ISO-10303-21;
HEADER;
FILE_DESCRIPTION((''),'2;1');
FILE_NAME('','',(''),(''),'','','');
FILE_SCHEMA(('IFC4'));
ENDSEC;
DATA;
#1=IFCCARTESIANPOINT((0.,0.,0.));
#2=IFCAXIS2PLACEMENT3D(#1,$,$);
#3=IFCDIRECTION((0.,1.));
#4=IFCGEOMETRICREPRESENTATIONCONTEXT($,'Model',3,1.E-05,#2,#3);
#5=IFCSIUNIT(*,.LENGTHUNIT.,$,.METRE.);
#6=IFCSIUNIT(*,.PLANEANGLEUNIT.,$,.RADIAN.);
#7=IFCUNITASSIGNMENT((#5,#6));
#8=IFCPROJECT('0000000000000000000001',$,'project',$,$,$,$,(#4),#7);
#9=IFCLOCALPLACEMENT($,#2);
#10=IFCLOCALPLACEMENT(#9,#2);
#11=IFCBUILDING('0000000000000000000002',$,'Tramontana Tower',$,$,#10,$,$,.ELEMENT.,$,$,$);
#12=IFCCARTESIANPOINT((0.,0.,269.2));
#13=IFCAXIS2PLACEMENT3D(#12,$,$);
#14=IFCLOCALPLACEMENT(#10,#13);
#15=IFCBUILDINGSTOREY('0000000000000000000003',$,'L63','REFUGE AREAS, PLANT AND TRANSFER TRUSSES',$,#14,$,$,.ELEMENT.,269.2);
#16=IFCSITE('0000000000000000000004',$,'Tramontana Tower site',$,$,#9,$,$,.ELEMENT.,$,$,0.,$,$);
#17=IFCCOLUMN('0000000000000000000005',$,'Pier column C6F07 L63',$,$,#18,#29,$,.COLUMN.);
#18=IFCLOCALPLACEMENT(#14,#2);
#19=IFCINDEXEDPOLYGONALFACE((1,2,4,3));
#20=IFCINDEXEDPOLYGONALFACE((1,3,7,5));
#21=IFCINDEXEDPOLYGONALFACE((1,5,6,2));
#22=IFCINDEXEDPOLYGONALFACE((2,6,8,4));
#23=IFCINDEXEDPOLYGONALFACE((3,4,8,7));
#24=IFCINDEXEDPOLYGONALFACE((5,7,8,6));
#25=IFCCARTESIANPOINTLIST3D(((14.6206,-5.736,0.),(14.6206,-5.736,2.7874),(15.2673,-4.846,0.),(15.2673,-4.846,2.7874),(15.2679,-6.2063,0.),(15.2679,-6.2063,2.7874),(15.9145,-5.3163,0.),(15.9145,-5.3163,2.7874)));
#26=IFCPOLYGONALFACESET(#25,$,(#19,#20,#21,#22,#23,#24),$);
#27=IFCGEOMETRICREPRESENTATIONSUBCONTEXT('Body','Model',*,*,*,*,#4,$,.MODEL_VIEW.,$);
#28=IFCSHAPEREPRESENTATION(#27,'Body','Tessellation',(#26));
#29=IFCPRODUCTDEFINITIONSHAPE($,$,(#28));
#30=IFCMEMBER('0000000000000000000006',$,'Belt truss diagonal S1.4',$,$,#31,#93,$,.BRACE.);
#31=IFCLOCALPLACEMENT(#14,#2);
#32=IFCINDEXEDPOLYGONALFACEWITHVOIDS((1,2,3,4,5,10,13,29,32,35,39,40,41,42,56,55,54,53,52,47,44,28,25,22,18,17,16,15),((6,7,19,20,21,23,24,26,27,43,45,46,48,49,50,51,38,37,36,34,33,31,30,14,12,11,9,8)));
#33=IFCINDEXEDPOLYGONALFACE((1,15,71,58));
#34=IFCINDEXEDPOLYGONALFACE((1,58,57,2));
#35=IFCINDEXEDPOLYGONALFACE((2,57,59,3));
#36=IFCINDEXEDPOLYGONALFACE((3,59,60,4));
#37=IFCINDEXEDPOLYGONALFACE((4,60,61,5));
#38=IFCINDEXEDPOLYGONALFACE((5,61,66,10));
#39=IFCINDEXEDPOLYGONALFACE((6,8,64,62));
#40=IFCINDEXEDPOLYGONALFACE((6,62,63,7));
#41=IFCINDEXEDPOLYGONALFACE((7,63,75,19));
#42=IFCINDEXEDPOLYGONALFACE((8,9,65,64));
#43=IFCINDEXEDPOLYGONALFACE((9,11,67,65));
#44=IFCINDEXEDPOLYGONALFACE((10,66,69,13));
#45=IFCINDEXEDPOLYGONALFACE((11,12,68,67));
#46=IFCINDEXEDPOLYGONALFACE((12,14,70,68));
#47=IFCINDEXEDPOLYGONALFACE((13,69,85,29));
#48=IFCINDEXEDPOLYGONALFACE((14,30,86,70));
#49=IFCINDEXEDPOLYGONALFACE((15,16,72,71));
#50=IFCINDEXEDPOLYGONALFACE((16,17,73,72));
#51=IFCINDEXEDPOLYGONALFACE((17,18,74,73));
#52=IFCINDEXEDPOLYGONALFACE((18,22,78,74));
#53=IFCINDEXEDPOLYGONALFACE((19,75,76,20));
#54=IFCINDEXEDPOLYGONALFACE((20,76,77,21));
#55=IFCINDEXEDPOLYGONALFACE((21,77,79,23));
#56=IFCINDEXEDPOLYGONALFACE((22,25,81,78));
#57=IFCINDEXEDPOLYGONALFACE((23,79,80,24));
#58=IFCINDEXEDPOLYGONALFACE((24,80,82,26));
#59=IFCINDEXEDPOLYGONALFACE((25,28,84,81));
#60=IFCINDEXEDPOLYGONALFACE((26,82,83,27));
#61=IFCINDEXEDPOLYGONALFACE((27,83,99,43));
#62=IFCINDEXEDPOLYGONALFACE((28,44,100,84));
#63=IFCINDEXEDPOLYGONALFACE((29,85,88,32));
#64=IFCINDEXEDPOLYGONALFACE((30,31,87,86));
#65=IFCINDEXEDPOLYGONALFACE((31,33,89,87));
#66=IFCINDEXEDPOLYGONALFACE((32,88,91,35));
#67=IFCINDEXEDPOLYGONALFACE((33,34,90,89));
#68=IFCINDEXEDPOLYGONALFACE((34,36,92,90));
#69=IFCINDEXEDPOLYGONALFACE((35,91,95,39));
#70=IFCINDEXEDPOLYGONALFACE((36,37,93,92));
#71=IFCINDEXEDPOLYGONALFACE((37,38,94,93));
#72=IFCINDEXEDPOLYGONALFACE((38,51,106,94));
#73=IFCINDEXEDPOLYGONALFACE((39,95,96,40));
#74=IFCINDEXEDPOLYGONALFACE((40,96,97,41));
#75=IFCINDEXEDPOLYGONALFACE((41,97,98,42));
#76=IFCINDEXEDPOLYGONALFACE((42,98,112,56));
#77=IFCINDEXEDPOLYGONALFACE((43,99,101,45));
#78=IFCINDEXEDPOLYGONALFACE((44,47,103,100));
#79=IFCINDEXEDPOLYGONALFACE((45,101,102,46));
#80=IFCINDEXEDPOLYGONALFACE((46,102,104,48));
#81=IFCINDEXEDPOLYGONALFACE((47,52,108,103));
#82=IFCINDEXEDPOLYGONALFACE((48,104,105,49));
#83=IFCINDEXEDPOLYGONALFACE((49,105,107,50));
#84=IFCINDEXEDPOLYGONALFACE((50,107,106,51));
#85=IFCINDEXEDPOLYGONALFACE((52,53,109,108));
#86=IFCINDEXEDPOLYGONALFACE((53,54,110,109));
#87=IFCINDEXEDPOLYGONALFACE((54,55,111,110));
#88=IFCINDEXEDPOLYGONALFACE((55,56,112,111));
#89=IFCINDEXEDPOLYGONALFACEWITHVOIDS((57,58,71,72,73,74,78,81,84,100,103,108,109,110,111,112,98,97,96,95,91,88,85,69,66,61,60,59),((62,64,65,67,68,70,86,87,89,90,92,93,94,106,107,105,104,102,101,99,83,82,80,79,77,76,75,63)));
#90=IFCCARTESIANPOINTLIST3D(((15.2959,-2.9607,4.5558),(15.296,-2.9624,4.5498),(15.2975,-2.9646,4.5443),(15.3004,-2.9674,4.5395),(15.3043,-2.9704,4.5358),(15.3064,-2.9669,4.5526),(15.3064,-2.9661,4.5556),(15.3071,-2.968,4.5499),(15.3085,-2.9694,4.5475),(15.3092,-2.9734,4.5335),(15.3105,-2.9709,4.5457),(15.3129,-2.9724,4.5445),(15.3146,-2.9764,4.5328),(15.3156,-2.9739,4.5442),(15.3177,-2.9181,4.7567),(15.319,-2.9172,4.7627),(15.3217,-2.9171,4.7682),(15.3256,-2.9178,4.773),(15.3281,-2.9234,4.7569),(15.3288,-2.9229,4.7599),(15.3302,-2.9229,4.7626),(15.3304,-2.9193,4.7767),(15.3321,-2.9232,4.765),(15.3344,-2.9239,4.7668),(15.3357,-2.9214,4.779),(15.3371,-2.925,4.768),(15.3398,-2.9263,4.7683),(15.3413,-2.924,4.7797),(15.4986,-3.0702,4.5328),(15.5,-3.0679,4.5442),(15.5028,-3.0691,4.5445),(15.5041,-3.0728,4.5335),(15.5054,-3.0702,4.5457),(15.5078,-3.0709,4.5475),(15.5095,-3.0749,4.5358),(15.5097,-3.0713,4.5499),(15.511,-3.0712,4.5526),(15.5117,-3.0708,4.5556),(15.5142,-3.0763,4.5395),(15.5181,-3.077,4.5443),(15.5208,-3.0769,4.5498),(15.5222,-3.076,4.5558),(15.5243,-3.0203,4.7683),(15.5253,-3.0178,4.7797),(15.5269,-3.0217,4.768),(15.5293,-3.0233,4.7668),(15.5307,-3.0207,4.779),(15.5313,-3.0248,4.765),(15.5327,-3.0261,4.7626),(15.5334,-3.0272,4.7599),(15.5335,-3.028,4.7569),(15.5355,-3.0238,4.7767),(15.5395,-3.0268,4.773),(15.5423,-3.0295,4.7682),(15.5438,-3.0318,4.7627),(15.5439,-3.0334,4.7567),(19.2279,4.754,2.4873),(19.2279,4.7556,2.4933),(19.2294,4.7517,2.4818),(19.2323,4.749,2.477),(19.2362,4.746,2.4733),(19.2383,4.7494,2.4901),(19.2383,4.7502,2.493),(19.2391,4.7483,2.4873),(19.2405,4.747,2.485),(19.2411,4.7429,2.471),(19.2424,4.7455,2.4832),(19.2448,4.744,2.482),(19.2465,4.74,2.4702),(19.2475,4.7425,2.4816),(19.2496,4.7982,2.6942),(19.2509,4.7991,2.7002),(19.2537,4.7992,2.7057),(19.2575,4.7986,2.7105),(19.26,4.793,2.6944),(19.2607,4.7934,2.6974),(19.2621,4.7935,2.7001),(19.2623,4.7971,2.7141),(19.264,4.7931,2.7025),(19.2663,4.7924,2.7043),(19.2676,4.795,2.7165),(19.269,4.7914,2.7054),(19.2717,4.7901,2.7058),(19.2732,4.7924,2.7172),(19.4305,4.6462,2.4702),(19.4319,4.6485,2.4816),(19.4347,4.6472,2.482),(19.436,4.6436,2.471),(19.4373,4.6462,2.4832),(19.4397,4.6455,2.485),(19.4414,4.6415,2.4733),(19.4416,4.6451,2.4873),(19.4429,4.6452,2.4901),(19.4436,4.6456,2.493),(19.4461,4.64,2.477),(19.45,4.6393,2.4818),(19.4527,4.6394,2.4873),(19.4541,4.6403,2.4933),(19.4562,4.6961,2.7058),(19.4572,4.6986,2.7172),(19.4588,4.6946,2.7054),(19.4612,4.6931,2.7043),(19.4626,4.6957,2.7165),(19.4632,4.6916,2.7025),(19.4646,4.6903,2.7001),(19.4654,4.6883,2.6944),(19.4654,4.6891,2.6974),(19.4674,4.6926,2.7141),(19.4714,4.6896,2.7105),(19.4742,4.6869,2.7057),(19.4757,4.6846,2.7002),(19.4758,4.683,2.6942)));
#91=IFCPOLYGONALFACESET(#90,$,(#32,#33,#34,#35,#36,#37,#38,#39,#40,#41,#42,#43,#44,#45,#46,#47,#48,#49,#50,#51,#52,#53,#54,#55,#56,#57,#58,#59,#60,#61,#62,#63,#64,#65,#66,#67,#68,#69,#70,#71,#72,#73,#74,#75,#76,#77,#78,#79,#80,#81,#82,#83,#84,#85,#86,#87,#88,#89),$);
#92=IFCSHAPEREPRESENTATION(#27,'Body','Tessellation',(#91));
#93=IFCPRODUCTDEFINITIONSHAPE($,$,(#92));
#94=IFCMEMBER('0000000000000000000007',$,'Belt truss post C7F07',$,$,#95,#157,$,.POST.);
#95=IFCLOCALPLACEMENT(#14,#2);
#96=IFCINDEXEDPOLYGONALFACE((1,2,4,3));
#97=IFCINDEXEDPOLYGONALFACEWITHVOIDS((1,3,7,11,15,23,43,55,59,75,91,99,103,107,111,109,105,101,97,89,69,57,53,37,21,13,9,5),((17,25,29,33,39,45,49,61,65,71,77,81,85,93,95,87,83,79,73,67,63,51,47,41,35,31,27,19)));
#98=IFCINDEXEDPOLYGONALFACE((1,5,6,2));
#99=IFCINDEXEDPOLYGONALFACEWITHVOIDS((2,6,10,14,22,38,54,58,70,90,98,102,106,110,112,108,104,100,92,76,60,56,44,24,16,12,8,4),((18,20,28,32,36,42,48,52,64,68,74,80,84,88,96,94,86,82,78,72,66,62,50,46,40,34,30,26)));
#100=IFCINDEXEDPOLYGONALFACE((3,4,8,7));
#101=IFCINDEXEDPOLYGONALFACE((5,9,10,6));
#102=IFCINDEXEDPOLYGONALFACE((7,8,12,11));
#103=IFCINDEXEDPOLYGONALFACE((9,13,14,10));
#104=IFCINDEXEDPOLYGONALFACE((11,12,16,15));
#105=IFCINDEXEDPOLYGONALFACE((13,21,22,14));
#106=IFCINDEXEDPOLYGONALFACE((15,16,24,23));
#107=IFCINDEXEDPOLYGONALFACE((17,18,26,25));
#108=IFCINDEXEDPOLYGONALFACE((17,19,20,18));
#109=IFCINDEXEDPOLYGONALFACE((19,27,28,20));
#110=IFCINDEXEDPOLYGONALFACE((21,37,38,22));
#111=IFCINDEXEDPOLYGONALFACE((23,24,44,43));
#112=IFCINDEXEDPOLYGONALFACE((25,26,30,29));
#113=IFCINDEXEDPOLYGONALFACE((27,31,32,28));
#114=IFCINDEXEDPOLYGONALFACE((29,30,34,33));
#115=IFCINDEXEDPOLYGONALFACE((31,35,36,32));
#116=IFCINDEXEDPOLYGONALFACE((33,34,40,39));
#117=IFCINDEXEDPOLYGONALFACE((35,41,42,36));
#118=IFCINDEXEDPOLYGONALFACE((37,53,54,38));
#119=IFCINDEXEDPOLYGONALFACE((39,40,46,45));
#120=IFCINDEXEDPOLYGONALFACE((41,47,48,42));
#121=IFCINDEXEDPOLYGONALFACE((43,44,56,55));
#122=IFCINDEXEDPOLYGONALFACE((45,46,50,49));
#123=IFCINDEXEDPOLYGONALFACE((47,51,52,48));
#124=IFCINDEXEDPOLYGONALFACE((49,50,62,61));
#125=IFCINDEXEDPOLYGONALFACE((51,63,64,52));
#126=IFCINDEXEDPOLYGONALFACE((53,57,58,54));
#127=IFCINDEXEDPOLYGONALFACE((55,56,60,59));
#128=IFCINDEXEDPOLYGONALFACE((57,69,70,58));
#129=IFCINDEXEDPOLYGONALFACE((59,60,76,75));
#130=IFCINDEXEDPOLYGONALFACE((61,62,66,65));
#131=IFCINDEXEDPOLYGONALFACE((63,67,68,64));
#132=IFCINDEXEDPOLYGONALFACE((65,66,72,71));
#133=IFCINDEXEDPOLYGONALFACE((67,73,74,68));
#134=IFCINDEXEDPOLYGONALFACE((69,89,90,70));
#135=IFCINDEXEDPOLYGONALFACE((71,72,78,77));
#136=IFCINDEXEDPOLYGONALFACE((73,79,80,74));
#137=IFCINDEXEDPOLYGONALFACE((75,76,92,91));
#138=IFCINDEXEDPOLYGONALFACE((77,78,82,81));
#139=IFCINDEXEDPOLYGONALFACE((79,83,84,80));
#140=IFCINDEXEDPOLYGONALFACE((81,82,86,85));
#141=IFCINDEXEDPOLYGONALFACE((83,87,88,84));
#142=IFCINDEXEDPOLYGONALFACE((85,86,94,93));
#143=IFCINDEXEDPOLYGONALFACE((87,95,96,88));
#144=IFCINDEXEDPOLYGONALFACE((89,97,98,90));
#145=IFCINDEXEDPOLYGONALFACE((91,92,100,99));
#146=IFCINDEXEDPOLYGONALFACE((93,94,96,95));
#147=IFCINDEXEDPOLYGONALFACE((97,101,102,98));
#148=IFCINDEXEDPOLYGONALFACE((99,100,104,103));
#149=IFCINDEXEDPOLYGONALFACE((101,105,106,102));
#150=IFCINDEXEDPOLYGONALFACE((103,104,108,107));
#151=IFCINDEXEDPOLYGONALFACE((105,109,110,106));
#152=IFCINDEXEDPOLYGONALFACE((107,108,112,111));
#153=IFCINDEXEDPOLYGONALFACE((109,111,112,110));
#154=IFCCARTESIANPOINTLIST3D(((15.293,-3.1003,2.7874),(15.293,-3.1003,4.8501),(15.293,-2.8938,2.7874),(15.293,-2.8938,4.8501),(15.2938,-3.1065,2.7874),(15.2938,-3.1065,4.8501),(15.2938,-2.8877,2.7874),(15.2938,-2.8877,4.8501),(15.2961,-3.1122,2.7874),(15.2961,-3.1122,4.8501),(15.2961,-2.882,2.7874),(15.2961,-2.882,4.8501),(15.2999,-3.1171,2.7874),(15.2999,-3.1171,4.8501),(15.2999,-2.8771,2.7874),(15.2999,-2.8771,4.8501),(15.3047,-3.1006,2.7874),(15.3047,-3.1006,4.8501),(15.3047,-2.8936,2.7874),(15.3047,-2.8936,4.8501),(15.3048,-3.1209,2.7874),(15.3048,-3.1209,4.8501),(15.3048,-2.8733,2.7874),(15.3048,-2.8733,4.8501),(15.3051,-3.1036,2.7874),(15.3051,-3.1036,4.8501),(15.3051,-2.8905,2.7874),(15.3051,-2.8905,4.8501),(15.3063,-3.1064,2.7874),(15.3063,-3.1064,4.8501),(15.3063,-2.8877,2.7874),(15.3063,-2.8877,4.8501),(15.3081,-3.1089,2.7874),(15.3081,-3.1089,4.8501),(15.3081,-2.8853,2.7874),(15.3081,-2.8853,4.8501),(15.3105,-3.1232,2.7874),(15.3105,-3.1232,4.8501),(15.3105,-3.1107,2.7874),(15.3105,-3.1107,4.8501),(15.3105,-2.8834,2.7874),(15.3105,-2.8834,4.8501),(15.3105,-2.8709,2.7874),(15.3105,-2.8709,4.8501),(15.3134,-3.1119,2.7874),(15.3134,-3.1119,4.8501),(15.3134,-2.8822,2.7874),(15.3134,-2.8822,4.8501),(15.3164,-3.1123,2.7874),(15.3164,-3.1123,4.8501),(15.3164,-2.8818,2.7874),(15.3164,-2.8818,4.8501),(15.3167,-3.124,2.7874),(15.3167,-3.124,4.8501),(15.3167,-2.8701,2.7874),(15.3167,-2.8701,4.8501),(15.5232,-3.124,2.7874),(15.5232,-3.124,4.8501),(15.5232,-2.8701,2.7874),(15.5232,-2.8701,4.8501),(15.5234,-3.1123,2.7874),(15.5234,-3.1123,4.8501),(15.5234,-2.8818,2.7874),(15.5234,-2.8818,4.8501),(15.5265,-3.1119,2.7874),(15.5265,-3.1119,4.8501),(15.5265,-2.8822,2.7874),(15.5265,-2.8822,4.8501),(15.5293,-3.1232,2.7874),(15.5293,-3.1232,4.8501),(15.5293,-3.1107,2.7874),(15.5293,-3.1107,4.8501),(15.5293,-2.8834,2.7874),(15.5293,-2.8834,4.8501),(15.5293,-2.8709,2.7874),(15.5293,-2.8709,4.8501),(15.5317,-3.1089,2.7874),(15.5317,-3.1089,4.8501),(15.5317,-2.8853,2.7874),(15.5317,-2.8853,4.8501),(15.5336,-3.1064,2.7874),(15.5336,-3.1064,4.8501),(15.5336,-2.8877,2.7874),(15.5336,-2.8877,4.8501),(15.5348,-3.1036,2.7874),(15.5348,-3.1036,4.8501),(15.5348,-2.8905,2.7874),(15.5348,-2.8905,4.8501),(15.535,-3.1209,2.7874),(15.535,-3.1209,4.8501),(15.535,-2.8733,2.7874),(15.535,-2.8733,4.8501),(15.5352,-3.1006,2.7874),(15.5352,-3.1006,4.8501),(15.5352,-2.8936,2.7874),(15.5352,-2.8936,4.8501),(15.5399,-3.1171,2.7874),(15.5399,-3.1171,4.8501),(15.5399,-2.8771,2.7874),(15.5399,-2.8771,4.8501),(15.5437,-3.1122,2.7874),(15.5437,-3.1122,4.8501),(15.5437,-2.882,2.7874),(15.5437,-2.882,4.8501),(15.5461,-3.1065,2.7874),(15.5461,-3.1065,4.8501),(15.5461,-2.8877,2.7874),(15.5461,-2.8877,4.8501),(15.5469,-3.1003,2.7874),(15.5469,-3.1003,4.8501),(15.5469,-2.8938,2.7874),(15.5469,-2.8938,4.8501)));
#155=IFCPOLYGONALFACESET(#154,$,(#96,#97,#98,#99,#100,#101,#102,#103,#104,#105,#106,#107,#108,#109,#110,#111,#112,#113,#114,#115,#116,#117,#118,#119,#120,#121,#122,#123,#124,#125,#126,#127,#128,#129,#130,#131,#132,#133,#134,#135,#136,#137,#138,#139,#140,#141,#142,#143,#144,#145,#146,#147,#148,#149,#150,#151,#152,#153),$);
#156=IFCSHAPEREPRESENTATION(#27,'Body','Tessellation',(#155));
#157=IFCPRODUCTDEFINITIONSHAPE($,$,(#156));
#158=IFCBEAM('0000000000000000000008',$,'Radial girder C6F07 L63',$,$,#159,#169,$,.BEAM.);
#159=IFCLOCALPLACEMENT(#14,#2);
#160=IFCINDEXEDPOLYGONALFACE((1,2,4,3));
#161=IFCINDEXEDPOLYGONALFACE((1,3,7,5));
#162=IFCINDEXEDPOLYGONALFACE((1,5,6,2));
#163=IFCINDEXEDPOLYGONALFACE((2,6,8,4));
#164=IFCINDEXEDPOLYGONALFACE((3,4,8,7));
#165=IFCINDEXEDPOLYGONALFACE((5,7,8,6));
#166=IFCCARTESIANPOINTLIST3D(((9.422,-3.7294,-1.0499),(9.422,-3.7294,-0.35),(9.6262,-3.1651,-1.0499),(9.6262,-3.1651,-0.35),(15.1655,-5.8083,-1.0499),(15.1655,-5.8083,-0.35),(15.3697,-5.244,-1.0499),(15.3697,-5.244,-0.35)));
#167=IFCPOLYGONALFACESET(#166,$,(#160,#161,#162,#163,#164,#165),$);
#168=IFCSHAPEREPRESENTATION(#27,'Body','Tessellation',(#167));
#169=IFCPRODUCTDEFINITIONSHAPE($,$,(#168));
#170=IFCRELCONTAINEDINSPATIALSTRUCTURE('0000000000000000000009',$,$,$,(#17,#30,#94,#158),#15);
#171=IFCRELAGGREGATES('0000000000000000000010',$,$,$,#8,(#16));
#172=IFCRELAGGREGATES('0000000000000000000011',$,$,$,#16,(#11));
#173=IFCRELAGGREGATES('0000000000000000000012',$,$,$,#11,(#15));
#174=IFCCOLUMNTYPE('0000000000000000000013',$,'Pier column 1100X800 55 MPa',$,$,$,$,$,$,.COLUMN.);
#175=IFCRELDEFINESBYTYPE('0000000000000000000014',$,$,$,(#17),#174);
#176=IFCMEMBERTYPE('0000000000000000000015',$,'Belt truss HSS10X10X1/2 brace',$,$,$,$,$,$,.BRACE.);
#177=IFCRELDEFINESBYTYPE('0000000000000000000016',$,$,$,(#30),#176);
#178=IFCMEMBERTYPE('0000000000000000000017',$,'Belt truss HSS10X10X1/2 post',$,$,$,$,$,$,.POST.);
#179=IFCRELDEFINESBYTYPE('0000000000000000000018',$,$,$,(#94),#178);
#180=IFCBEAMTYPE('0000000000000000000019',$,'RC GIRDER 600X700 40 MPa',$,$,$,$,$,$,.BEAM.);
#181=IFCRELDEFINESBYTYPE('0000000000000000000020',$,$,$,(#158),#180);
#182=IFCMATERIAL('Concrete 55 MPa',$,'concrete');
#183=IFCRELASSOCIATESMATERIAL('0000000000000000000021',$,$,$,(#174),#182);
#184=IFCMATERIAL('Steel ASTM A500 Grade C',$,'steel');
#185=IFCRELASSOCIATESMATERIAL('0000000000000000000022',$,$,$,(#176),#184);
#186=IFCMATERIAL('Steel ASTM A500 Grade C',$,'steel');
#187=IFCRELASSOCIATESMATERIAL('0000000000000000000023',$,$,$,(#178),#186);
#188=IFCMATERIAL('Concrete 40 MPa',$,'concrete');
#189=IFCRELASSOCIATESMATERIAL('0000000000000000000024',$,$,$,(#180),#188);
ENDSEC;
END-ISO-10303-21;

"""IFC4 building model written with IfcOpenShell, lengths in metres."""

from ifc_helpers import new_model, si_unit, direction, frame, origin, origin_2d, place, context, subcontext, project, spatial, rectangle, hollow_rectangle, extrude, material, material_profile, profile_set, type_object, element, save


model = new_model("IFC4")

# Units and contexts
model_context = context("Model", 3, precision=1e-05, world=origin(), true_north=direction((0.0, 1.0)))
body_context = subcontext(model_context, "Body", "Model", "MODEL_VIEW")
ifc_project = project(units=[si_unit("LENGTHUNIT", "METRE"), si_unit("PLANEANGLEUNIT", "RADIAN")], contexts=[model_context])

# Site, building, storey
site_placement = place(None, origin())
site = spatial("IfcSite", under=ifc_project, at=site_placement, Name="Tramontana Tower site", CompositionType="ELEMENT", RefElevation=0.0)
building_placement = place(site_placement, origin())
building = spatial("IfcBuilding", under=site, at=building_placement, Name="Tramontana Tower", CompositionType="ELEMENT")
storey_placement = place(building_placement, frame((0.0, 0.0, 269.2)))
storey = spatial("IfcBuildingStorey", under=building, at=storey_placement, Name="L63", Description="REFUGE AREAS, PLANT AND TRANSFER TRUSSES", CompositionType="ELEMENT", Elevation=269.2)

# Column
ifc_material_1 = material(Name="Concrete 55 MPa", Category="concrete")
ifc_material_profile_1 = material_profile(ifc_material_1, rectangle(XDim=1.1001, YDim=0.8, at=origin_2d()), Name="Pier column 1100X800 55 MPa")
ifc_profile_set_1 = profile_set([ifc_material_profile_1], Name="Concrete 55 MPa")
column_type = type_object("IfcColumnType", Name="Pier column 1100X800 55 MPa", PredefinedType="COLUMN", material=ifc_profile_set_1)
column_placement = place(storey_placement, frame((15.2676, -5.5261, 0.0), z_axis=(0.0, 0.0, 1.0), x_axis=(0.587785, 0.809017, 0.0)))
element("IfcColumn", 1, at=column_placement, inside=storey, type_object=column_type, Name="Pier column C6F07 L63", PredefinedType="COLUMN", context=body_context, shape_type="SweptSolid", body=[
    extrude(rectangle(XDim=1.1001, YDim=0.8, at=origin_2d()), origin(), (0.0, 0.0, 1.0), 2.7874),
])

# Members
ifc_material_2 = material(Name="Steel ASTM A500 Grade C", Category="steel")
ifc_material_profile_2 = material_profile(ifc_material_2, hollow_rectangle(XDim=0.2539, YDim=0.2539, WallThickness=0.0117, InnerFilletRadius=0.0117, OuterFilletRadius=0.0237, at=origin_2d()), Name="HSS10X10X1/2")
ifc_profile_set_2 = profile_set([ifc_material_profile_2], Name="Steel ASTM A500 Grade C")
member_type_1 = type_object("IfcMemberType", Name="Belt truss HSS10X10X1/2 brace", PredefinedType="BRACE", material=ifc_profile_set_2)
member_1_placement = place(storey_placement, frame((15.4199, -2.9971, 4.6562), z_axis=(0.441659, 0.866755, -0.231676), x_axis=(-0.890996, 0.454012, 0.0)))
element("IfcMember", 2, at=member_1_placement, inside=storey, type_object=member_type_1, Name="Belt truss diagonal S1.4", PredefinedType="BRACE", context=body_context, shape_type="SweptSolid", body=[
    extrude(hollow_rectangle(XDim=0.2539, YDim=0.2539, WallThickness=0.0117, InnerFilletRadius=0.0117, OuterFilletRadius=0.0237, at=origin_2d()), origin(), (0.0, 0.0, 1.0), 8.9026),
])
ifc_material_3 = material(Name="Steel ASTM A500 Grade C", Category="steel")
ifc_material_profile_3 = material_profile(ifc_material_3, hollow_rectangle(XDim=0.2539, YDim=0.2539, WallThickness=0.0117, InnerFilletRadius=0.0117, OuterFilletRadius=0.0237, at=origin_2d()), Name="HSS10X10X1/2")
ifc_profile_set_3 = profile_set([ifc_material_profile_3], Name="Steel ASTM A500 Grade C")
member_type_2 = type_object("IfcMemberType", Name="Belt truss HSS10X10X1/2 post", PredefinedType="POST", material=ifc_profile_set_3)
member_2_placement = place(storey_placement, frame((15.4199, -2.9971, 2.7874), z_axis=(0.0, 0.0, 1.0), x_axis=(1.0, 0.0, 0.0)))
element("IfcMember", 3, at=member_2_placement, inside=storey, type_object=member_type_2, Name="Belt truss post C7F07", PredefinedType="POST", context=body_context, shape_type="SweptSolid", body=[
    extrude(hollow_rectangle(XDim=0.2539, YDim=0.2539, WallThickness=0.0117, InnerFilletRadius=0.0117, OuterFilletRadius=0.0237, at=origin_2d()), origin(), (0.0, 0.0, 1.0), 2.0627),
])

# Beam
ifc_material_4 = material(Name="Concrete 40 MPa", Category="concrete")
ifc_material_profile_4 = material_profile(ifc_material_4, rectangle(XDim=0.6001, YDim=0.7, at=origin_2d()), Name="RC GIRDER 600X700 40 MPa")
ifc_profile_set_4 = profile_set([ifc_material_profile_4], Name="Concrete 40 MPa")
beam_type = type_object("IfcBeamType", Name="RC GIRDER 600X700 40 MPa", PredefinedType="BEAM", material=ifc_profile_set_4)
beam_placement = place(storey_placement, frame((15.2676, -5.5261, -0.7), z_axis=(-0.9403, 0.340347, 0.0), x_axis=(-0.340347, -0.9403, 0.0)))
element("IfcBeam", 4, at=beam_placement, inside=storey, type_object=beam_type, Name="Radial girder C6F07 L63", PredefinedType="BEAM", context=body_context, shape_type="SweptSolid", body=[
    extrude(rectangle(XDim=0.6001, YDim=0.7, at=origin_2d()), origin(), (0.0, 0.0, 1.0), 6.1082),
])

save(model, "model.ifc")
